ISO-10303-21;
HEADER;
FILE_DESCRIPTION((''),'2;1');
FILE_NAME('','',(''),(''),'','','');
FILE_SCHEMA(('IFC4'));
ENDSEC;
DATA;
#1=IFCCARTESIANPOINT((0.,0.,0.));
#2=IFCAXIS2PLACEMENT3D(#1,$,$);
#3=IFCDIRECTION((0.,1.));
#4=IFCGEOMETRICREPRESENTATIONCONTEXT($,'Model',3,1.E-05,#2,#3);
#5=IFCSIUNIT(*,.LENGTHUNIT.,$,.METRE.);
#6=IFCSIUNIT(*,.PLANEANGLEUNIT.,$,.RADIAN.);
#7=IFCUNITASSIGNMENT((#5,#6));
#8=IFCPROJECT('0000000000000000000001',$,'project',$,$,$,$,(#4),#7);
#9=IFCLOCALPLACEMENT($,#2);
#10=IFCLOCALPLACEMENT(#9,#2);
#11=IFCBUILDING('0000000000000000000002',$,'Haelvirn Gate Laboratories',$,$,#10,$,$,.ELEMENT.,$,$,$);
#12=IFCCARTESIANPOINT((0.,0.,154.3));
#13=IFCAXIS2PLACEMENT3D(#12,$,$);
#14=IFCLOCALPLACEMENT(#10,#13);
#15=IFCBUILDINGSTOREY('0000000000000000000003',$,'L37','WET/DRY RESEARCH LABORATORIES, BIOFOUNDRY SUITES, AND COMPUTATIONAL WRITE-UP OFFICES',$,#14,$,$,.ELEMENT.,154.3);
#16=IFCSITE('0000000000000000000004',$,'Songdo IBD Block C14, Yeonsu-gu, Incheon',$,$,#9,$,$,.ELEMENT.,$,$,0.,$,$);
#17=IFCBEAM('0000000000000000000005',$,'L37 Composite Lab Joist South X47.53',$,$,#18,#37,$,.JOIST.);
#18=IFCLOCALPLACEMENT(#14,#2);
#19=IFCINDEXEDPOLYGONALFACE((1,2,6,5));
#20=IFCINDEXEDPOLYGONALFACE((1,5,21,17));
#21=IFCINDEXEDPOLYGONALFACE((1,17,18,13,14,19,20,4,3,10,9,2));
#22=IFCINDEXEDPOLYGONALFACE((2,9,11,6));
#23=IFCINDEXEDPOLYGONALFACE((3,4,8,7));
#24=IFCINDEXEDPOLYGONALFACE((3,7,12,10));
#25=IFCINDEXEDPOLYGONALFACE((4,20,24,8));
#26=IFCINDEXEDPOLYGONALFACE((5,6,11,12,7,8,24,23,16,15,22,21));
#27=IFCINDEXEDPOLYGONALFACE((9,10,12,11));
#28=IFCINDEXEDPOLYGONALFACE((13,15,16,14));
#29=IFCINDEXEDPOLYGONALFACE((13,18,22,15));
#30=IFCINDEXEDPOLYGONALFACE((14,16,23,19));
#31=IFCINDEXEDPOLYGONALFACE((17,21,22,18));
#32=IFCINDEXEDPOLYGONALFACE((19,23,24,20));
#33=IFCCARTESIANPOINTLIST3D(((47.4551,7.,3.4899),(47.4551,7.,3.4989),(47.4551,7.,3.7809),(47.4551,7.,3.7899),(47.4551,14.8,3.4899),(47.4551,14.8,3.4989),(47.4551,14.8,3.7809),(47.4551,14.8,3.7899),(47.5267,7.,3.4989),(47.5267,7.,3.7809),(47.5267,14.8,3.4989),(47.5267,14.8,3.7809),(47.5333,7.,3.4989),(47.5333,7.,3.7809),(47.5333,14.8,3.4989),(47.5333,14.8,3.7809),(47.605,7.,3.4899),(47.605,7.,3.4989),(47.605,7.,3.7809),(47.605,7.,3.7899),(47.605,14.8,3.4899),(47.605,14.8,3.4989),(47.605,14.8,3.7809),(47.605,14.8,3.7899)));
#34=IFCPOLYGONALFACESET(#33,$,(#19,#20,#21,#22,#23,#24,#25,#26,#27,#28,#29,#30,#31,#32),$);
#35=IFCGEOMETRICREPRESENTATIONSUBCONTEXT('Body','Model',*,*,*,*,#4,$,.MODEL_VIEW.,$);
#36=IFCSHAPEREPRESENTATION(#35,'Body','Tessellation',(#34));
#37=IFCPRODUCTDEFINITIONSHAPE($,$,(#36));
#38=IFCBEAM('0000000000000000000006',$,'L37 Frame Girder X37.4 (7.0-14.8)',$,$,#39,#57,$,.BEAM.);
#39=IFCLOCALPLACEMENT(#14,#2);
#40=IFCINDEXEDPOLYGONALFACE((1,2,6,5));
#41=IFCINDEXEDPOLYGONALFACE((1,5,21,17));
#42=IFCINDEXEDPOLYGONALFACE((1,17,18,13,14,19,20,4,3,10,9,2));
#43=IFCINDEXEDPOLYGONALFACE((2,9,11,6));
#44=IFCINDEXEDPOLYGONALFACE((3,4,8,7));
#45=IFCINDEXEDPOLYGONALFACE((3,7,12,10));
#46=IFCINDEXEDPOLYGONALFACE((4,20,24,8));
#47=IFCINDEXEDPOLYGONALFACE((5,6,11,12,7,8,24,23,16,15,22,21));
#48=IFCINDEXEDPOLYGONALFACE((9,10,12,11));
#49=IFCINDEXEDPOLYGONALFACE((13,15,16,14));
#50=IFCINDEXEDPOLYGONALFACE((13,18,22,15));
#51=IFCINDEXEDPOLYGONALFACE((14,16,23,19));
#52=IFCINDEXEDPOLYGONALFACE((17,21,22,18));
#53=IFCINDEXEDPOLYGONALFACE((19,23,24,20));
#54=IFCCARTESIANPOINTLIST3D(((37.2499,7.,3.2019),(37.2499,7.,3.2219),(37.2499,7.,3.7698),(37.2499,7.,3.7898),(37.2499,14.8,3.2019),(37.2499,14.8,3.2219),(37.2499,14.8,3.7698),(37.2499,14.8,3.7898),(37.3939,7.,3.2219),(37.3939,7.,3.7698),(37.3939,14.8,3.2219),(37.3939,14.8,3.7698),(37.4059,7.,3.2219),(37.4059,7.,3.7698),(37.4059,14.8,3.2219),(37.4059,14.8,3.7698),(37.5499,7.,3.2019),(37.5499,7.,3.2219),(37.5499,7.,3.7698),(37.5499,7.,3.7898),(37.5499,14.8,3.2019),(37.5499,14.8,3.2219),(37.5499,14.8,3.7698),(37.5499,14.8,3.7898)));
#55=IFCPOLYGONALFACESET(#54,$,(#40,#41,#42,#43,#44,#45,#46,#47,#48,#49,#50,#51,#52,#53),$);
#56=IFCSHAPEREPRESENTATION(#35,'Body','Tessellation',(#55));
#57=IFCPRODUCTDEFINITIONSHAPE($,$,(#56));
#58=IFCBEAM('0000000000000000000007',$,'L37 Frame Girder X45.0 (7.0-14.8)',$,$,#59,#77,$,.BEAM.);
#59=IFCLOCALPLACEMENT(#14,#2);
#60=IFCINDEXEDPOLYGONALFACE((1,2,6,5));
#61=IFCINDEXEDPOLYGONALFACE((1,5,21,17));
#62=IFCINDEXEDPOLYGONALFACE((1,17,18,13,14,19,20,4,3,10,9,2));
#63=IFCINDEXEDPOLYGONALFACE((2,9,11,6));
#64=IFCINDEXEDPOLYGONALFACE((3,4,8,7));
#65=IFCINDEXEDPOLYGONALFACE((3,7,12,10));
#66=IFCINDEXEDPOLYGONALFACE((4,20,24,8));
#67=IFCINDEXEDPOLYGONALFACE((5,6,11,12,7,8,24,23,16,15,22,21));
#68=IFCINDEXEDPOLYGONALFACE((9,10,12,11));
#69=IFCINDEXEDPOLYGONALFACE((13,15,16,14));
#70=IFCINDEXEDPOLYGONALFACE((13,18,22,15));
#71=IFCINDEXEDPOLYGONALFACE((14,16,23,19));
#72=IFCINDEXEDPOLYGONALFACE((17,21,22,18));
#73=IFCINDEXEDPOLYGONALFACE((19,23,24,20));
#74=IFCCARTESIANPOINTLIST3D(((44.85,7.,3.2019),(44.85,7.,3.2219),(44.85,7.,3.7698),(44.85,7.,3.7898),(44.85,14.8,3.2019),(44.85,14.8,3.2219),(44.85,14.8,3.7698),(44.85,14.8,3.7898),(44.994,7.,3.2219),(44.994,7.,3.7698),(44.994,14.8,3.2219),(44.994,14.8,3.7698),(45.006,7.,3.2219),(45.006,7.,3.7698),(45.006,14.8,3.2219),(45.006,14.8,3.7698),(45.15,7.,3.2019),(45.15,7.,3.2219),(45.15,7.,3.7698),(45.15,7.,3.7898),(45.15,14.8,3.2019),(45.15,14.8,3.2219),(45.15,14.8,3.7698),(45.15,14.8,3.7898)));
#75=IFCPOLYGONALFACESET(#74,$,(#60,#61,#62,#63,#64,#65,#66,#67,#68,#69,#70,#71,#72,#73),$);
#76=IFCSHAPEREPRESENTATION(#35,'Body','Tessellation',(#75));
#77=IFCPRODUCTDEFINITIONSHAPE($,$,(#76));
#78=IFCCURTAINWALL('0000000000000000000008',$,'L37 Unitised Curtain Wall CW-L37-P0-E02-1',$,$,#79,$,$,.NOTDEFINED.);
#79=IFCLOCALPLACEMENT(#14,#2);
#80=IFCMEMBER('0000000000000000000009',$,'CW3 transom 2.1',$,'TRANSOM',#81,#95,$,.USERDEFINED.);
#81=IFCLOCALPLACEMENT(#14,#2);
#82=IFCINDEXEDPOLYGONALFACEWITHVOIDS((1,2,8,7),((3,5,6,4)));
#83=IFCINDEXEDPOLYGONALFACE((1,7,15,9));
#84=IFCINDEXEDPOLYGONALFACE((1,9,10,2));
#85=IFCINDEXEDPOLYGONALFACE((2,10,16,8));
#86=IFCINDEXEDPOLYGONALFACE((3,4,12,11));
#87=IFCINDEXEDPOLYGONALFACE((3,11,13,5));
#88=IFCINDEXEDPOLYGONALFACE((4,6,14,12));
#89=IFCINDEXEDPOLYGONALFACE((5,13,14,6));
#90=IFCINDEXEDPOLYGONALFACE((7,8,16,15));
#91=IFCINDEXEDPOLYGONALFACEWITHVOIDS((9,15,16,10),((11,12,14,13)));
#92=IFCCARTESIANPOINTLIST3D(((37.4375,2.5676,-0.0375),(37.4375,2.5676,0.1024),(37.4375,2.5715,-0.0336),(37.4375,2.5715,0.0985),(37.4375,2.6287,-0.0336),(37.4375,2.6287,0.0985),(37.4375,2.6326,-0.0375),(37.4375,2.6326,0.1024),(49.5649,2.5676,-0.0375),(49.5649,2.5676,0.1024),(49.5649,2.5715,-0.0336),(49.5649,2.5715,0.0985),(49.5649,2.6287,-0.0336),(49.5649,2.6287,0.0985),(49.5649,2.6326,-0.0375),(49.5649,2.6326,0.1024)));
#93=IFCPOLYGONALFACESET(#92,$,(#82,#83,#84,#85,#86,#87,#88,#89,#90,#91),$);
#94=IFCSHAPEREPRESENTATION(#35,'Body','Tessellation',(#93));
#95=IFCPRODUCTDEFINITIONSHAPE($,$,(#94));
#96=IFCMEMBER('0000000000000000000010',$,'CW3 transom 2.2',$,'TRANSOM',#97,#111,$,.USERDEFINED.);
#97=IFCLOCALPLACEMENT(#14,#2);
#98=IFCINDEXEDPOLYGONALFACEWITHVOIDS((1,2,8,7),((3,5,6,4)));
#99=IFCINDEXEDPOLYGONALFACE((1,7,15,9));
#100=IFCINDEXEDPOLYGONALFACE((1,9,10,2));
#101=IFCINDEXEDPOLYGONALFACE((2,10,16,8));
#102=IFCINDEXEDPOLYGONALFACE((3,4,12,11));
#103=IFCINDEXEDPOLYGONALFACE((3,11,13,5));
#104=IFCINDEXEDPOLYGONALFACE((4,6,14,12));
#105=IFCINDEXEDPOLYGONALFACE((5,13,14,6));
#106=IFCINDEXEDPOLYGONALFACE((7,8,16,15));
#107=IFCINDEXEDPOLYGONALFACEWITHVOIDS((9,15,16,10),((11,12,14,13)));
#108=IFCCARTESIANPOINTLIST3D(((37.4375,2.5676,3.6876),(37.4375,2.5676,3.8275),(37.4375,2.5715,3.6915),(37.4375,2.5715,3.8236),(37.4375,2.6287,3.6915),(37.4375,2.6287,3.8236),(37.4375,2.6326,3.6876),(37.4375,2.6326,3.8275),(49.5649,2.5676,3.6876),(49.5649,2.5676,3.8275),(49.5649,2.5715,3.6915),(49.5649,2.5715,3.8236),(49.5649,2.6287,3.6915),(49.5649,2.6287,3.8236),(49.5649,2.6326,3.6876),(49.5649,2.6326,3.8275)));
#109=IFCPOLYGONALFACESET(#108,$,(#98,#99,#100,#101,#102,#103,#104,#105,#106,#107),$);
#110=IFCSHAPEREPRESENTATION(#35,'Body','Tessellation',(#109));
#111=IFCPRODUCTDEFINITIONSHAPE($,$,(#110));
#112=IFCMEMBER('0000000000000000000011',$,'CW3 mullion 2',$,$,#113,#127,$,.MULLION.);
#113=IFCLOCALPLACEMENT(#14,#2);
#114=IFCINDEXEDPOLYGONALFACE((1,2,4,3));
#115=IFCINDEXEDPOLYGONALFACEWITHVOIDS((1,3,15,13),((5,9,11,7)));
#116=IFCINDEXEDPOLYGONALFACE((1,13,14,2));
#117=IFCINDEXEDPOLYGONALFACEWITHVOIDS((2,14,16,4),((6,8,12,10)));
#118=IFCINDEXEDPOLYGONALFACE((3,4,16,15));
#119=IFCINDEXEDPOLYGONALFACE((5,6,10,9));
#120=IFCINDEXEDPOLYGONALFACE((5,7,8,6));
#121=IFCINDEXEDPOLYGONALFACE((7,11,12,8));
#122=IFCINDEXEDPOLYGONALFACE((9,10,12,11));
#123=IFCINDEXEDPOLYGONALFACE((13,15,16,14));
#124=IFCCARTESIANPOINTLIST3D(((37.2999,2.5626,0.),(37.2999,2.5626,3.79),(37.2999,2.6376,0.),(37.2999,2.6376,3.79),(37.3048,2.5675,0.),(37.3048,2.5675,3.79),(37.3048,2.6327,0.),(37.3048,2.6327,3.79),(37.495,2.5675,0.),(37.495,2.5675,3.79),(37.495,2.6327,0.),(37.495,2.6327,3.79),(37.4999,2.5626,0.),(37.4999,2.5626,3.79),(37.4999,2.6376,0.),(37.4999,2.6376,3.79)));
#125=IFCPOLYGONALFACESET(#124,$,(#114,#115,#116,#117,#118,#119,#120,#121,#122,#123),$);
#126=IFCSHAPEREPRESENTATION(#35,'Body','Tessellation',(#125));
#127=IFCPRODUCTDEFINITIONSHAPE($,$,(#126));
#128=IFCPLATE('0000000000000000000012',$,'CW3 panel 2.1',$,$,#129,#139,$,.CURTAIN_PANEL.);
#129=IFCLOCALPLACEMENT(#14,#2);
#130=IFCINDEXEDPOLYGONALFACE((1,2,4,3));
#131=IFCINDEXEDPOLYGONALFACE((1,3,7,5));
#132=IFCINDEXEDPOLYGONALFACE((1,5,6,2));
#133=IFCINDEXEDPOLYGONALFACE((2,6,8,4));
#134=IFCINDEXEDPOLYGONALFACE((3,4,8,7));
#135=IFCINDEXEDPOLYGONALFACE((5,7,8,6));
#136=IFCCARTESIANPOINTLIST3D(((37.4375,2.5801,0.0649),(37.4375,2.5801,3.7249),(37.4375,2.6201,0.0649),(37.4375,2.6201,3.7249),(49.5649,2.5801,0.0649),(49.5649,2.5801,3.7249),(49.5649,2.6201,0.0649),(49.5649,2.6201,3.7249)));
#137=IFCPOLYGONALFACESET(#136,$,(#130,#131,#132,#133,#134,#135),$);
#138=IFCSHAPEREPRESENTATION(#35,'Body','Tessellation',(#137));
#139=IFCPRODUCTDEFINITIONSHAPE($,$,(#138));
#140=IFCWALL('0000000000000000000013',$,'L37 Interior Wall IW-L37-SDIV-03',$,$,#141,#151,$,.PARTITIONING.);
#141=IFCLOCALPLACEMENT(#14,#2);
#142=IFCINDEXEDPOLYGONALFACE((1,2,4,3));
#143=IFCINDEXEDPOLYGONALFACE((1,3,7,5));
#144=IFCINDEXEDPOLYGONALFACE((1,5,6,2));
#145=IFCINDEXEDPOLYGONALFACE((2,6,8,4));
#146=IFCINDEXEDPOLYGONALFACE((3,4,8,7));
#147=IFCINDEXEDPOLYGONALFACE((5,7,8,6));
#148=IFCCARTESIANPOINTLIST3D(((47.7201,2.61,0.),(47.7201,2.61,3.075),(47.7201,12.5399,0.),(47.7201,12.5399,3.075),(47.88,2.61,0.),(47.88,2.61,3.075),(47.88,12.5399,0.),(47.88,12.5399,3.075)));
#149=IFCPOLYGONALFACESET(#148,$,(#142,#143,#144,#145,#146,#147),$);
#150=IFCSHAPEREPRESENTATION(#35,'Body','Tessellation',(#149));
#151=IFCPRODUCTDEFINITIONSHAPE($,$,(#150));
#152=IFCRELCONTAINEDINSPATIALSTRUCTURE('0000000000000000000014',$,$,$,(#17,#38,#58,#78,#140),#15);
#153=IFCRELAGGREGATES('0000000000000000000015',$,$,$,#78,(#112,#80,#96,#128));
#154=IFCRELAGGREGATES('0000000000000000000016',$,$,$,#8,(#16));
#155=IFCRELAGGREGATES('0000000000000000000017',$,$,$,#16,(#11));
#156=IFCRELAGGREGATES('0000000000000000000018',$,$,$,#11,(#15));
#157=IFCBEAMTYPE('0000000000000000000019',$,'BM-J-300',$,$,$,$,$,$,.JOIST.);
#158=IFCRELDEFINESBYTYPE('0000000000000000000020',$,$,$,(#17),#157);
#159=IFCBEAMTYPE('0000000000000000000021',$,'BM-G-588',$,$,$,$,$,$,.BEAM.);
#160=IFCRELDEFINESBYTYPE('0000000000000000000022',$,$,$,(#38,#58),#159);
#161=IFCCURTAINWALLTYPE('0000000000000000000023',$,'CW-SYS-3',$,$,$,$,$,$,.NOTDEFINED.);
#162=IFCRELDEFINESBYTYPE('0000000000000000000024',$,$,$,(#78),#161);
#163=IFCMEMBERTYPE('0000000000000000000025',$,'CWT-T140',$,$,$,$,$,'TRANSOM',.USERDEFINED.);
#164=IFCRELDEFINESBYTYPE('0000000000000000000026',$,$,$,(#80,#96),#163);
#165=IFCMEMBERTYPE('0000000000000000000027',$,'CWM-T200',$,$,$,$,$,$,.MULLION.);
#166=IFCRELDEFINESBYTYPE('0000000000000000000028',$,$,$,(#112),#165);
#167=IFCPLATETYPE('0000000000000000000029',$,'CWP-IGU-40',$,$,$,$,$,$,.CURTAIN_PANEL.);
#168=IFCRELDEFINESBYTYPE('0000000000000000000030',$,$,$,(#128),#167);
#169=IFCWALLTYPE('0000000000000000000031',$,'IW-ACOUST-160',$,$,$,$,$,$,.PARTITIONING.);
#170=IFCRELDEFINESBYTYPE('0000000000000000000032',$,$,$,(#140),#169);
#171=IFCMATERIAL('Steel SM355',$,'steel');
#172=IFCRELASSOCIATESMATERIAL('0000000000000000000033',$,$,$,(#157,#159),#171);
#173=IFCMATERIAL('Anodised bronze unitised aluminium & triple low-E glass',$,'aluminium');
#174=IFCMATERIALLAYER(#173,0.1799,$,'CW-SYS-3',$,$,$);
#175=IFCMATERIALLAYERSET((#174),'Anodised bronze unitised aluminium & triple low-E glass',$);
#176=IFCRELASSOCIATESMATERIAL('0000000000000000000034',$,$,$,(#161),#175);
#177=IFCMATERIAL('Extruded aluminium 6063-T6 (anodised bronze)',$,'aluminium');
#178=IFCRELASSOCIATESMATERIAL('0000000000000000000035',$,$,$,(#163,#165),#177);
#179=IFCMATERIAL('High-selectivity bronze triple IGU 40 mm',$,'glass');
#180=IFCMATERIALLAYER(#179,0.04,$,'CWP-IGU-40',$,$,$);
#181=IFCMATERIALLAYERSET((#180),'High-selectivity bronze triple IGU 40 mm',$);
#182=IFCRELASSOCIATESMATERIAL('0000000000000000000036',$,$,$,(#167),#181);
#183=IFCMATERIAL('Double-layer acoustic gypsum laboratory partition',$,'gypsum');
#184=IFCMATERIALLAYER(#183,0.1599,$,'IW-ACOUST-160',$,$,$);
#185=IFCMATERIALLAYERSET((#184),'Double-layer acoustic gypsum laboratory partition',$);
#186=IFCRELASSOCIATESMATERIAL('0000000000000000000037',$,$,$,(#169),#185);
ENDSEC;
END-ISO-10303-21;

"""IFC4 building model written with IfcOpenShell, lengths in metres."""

from ifc_helpers import new_model, si_unit, direction, frame, frame_2d, origin, origin_2d, place, context, subcontext, project, spatial, rectangle, hollow_rectangle, i_section, extrude, source, transform, mapped, material, layer, layer_set, material_profile, profile_set, type_object, type_shapes, element, aggregate, save


model = new_model("IFC4")

# Units and contexts
model_context = context("Model", 3, precision=1e-05, world=origin(), true_north=direction((0.0, 1.0)))
body_context = subcontext(model_context, "Body", "Model", "MODEL_VIEW")
ifc_project = project(units=[si_unit("LENGTHUNIT", "METRE"), si_unit("PLANEANGLEUNIT", "RADIAN")], contexts=[model_context])

# Site, building, storey
site_placement = place(None, origin())
site = spatial("IfcSite", under=ifc_project, at=site_placement, Name="Songdo IBD Block C14, Yeonsu-gu, Incheon", CompositionType="ELEMENT", RefElevation=0.0)
building_placement = place(site_placement, origin())
building = spatial("IfcBuilding", under=site, at=building_placement, Name="Haelvirn Gate Laboratories", CompositionType="ELEMENT")
storey_placement = place(building_placement, frame((0.0, 0.0, 154.3)))
storey = spatial("IfcBuildingStorey", under=building, at=storey_placement, Name="L37", Description="WET/DRY RESEARCH LABORATORIES, BIOFOUNDRY SUITES, AND COMPUTATIONAL WRITE-UP OFFICES", CompositionType="ELEMENT", Elevation=154.3)

# Shared definitions
ifc_material_1 = material(Name="Steel SM355", Category="steel")

# Beams
ifc_material_profile_1 = material_profile(ifc_material_1, i_section(OverallWidth=0.1499, OverallDepth=0.3, WebThickness=0.0066, FlangeThickness=0.009, at=origin_2d()), Name="H-300x150x6.5x9")
ifc_profile_set_1 = profile_set([ifc_material_profile_1], Name="Steel SM355")
beam_type_1 = type_object("IfcBeamType", Name="BM-J-300", PredefinedType="JOIST", material=ifc_profile_set_1)
shared_shape_1 = source(origin(), body_context, "Body", "SweptSolid", [
    extrude(i_section(OverallWidth=0.1499, OverallDepth=0.3, WebThickness=0.0066, FlangeThickness=0.009, at=origin_2d()), origin(), (0.0, 0.0, 1.0), 7.8),
])
type_shapes(beam_type_1, [shared_shape_1])
for number, where, z_axis, x_axis, name in (
    (1, (47.53, 7.0, 3.6399), (0.0, 1.0, 0.0), (-1.0, 0.0, 0.0), "L37 Composite Lab Joist South X47.53"),
):
    element("IfcBeam", number, at=place(storey_placement, frame(where, z_axis=z_axis, x_axis=x_axis)), inside=storey, type_object=beam_type_1, Name=name, PredefinedType="JOIST", context=body_context, shape_type="MappedRepresentation", body=[
        mapped(shared_shape_1, transform((0.0, 0.0, 0.0), scale=1.0)),
    ])
ifc_material_profile_2 = material_profile(ifc_material_1, i_section(OverallWidth=0.3, OverallDepth=0.5879, WebThickness=0.012, FlangeThickness=0.02, at=origin_2d()), Name="H-588x300x12x20")
ifc_profile_set_2 = profile_set([ifc_material_profile_2], Name="Steel SM355")
beam_type_2 = type_object("IfcBeamType", Name="BM-G-588", PredefinedType="BEAM", material=ifc_profile_set_2)
shared_shape_2 = source(origin(), body_context, "Body", "SweptSolid", [
    extrude(i_section(OverallWidth=0.3, OverallDepth=0.5879, WebThickness=0.012, FlangeThickness=0.02, at=origin_2d()), origin(), (0.0, 0.0, 1.0), 7.8),
])
type_shapes(beam_type_2, [shared_shape_2])
for number, where, z_axis, x_axis, name in (
    (2, (37.3999, 7.0, 3.4958), (0.0, 1.0, 0.0), (-1.0, 0.0, 0.0), "L37 Frame Girder X37.4 (7.0-14.8)"),
    (3, (45.0, 7.0, 3.4958), (0.0, 1.0, 0.0), (-1.0, 0.0, 0.0), "L37 Frame Girder X45.0 (7.0-14.8)"),
):
    element("IfcBeam", number, at=place(storey_placement, frame(where, z_axis=z_axis, x_axis=x_axis)), inside=storey, type_object=beam_type_2, Name=name, PredefinedType="BEAM", context=body_context, shape_type="MappedRepresentation", body=[
        mapped(shared_shape_2, transform((0.0, 0.0, 0.0), scale=1.0)),
    ])

# Curtain wall, members, plate
ifc_material_2 = material(Name="Anodised bronze unitised aluminium & triple low-E glass", Category="aluminium")
ifc_layer_1 = layer(ifc_material_2, 0.1799, Name="CW-SYS-3")
ifc_layer_set_1 = layer_set([ifc_layer_1], Name="Anodised bronze unitised aluminium & triple low-E glass")
curtain_wall_type = type_object("IfcCurtainWallType", Name="CW-SYS-3", PredefinedType="NOTDEFINED", material=ifc_layer_set_1)
curtain_wall_placement = place(storey_placement, origin())
curtain_wall = element("IfcCurtainWall", 4, at=curtain_wall_placement, inside=storey, type_object=curtain_wall_type, Name="L37 Unitised Curtain Wall CW-L37-P0-E02-1", PredefinedType="NOTDEFINED")
ifc_material_3 = material(Name="Extruded aluminium 6063-T6 (anodised bronze)", Category="aluminium")
ifc_material_profile_3 = material_profile(ifc_material_3, hollow_rectangle(XDim=0.0649, YDim=0.1399, WallThickness=0.0039, at=origin_2d()), Name="CWT-140x65x4")
ifc_profile_set_3 = profile_set([ifc_material_profile_3], Name="Extruded aluminium 6063-T6 (anodised bronze)")
member_type_1 = type_object("IfcMemberType", Name="CWT-T140", ElementType="TRANSOM", PredefinedType="USERDEFINED", material=ifc_profile_set_3)
shared_shape_3 = source(origin(), body_context, "Body", "SweptSolid", [
    extrude(hollow_rectangle(XDim=0.0649, YDim=0.1399, WallThickness=0.0039, at=origin_2d()), origin(), (0.0, 0.0, 1.0), 12.1274),
])
type_shapes(member_type_1, [shared_shape_3])
member_1_placement = place(storey_placement, frame((37.4375, 2.6001, 0.0325), z_axis=(1.0, 0.0, 0.0), x_axis=(0.0, 1.0, 0.0)))
member_1 = element("IfcMember", 5, at=member_1_placement, type_object=member_type_1, Name="CW3 transom 2.1", ObjectType="TRANSOM", PredefinedType="USERDEFINED", context=body_context, shape_type="MappedRepresentation", body=[
    mapped(shared_shape_3, transform((0.0, 0.0, 0.0), scale=1.0)),
])
member_2_placement = place(storey_placement, frame((37.4375, 2.6001, 3.7576), z_axis=(1.0, 0.0, 0.0), x_axis=(0.0, 1.0, 0.0)))
member_2 = element("IfcMember", 6, at=member_2_placement, type_object=member_type_1, Name="CW3 transom 2.2", ObjectType="TRANSOM", PredefinedType="USERDEFINED", context=body_context, shape_type="MappedRepresentation", body=[
    mapped(shared_shape_3, transform((0.0, 0.0, 0.0), scale=1.0)),
])
ifc_material_profile_4 = material_profile(ifc_material_3, hollow_rectangle(XDim=0.075, YDim=0.2, WallThickness=0.0049, at=origin_2d()), Name="CWM-200x75x5")
ifc_profile_set_4 = profile_set([ifc_material_profile_4], Name="Extruded aluminium 6063-T6 (anodised bronze)")
member_type_2 = type_object("IfcMemberType", Name="CWM-T200", PredefinedType="MULLION", material=ifc_profile_set_4)
shared_shape_4 = source(origin(), body_context, "Body", "SweptSolid", [
    extrude(hollow_rectangle(XDim=0.075, YDim=0.2, WallThickness=0.0049, at=origin_2d()), origin(), (0.0, 0.0, 1.0), 3.79),
])
type_shapes(member_type_2, [shared_shape_4])
member_3_placement = place(storey_placement, frame((37.3999, 2.6001, 0.0), z_axis=(0.0, 0.0, 1.0), x_axis=(0.0, 1.0, 0.0)))
member_3 = element("IfcMember", 7, at=member_3_placement, type_object=member_type_2, Name="CW3 mullion 2", PredefinedType="MULLION", context=body_context, shape_type="MappedRepresentation", body=[
    mapped(shared_shape_4, transform((0.0, 0.0, 0.0), scale=1.0)),
])
ifc_material_4 = material(Name="High-selectivity bronze triple IGU 40 mm", Category="glass")
ifc_layer_2 = layer(ifc_material_4, 0.04, Name="CWP-IGU-40")
ifc_layer_set_2 = layer_set([ifc_layer_2], Name="High-selectivity bronze triple IGU 40 mm")
plate_type = type_object("IfcPlateType", Name="CWP-IGU-40", PredefinedType="CURTAIN_PANEL", material=ifc_layer_set_2)
shared_shape_5 = source(origin(), body_context, "Body", "SweptSolid", [
    extrude(rectangle(XDim=12.1274, YDim=0.04, at=origin_2d()), origin(), (0.0, 0.0, 1.0), 3.6599),
])
type_shapes(plate_type, [shared_shape_5])
plate_placement = place(storey_placement, frame((43.5012, 2.6001, 0.0649), z_axis=(0.0, 0.0, 1.0), x_axis=(1.0, 0.0, 0.0)))
plate = element("IfcPlate", 8, at=plate_placement, type_object=plate_type, Name="CW3 panel 2.1", PredefinedType="CURTAIN_PANEL", context=body_context, shape_type="MappedRepresentation", body=[
    mapped(shared_shape_5, transform((0.0, 0.0, 0.0), scale=1.0)),
])
aggregate(curtain_wall, [member_3, member_1, member_2, plate])

# Wall
ifc_material_5 = material(Name="Double-layer acoustic gypsum laboratory partition", Category="gypsum")
ifc_layer_3 = layer(ifc_material_5, 0.1599, Name="IW-ACOUST-160")
ifc_layer_set_3 = layer_set([ifc_layer_3], Name="Double-layer acoustic gypsum laboratory partition")
wall_type_1 = type_object("IfcWallType", Name="IW-ACOUST-160", PredefinedType="PARTITIONING", material=ifc_layer_set_3)
wall_1_placement = place(storey_placement, frame((47.8, 2.6101, 0.0), z_axis=(0.0, 0.0, 1.0), x_axis=(0.0, 1.0, 0.0)))
element("IfcWall", 9, at=wall_1_placement, inside=storey, type_object=wall_type_1, Name="L37 Interior Wall IW-L37-SDIV-03", PredefinedType="PARTITIONING", context=body_context, shape_type="SweptSolid", body=[
    extrude(rectangle(XDim=9.9299, YDim=0.1599, at=frame_2d((4.9648, 0.0))), origin(), (0.0, 0.0, 1.0), 3.075),
])

save(model, "model.ifc")
